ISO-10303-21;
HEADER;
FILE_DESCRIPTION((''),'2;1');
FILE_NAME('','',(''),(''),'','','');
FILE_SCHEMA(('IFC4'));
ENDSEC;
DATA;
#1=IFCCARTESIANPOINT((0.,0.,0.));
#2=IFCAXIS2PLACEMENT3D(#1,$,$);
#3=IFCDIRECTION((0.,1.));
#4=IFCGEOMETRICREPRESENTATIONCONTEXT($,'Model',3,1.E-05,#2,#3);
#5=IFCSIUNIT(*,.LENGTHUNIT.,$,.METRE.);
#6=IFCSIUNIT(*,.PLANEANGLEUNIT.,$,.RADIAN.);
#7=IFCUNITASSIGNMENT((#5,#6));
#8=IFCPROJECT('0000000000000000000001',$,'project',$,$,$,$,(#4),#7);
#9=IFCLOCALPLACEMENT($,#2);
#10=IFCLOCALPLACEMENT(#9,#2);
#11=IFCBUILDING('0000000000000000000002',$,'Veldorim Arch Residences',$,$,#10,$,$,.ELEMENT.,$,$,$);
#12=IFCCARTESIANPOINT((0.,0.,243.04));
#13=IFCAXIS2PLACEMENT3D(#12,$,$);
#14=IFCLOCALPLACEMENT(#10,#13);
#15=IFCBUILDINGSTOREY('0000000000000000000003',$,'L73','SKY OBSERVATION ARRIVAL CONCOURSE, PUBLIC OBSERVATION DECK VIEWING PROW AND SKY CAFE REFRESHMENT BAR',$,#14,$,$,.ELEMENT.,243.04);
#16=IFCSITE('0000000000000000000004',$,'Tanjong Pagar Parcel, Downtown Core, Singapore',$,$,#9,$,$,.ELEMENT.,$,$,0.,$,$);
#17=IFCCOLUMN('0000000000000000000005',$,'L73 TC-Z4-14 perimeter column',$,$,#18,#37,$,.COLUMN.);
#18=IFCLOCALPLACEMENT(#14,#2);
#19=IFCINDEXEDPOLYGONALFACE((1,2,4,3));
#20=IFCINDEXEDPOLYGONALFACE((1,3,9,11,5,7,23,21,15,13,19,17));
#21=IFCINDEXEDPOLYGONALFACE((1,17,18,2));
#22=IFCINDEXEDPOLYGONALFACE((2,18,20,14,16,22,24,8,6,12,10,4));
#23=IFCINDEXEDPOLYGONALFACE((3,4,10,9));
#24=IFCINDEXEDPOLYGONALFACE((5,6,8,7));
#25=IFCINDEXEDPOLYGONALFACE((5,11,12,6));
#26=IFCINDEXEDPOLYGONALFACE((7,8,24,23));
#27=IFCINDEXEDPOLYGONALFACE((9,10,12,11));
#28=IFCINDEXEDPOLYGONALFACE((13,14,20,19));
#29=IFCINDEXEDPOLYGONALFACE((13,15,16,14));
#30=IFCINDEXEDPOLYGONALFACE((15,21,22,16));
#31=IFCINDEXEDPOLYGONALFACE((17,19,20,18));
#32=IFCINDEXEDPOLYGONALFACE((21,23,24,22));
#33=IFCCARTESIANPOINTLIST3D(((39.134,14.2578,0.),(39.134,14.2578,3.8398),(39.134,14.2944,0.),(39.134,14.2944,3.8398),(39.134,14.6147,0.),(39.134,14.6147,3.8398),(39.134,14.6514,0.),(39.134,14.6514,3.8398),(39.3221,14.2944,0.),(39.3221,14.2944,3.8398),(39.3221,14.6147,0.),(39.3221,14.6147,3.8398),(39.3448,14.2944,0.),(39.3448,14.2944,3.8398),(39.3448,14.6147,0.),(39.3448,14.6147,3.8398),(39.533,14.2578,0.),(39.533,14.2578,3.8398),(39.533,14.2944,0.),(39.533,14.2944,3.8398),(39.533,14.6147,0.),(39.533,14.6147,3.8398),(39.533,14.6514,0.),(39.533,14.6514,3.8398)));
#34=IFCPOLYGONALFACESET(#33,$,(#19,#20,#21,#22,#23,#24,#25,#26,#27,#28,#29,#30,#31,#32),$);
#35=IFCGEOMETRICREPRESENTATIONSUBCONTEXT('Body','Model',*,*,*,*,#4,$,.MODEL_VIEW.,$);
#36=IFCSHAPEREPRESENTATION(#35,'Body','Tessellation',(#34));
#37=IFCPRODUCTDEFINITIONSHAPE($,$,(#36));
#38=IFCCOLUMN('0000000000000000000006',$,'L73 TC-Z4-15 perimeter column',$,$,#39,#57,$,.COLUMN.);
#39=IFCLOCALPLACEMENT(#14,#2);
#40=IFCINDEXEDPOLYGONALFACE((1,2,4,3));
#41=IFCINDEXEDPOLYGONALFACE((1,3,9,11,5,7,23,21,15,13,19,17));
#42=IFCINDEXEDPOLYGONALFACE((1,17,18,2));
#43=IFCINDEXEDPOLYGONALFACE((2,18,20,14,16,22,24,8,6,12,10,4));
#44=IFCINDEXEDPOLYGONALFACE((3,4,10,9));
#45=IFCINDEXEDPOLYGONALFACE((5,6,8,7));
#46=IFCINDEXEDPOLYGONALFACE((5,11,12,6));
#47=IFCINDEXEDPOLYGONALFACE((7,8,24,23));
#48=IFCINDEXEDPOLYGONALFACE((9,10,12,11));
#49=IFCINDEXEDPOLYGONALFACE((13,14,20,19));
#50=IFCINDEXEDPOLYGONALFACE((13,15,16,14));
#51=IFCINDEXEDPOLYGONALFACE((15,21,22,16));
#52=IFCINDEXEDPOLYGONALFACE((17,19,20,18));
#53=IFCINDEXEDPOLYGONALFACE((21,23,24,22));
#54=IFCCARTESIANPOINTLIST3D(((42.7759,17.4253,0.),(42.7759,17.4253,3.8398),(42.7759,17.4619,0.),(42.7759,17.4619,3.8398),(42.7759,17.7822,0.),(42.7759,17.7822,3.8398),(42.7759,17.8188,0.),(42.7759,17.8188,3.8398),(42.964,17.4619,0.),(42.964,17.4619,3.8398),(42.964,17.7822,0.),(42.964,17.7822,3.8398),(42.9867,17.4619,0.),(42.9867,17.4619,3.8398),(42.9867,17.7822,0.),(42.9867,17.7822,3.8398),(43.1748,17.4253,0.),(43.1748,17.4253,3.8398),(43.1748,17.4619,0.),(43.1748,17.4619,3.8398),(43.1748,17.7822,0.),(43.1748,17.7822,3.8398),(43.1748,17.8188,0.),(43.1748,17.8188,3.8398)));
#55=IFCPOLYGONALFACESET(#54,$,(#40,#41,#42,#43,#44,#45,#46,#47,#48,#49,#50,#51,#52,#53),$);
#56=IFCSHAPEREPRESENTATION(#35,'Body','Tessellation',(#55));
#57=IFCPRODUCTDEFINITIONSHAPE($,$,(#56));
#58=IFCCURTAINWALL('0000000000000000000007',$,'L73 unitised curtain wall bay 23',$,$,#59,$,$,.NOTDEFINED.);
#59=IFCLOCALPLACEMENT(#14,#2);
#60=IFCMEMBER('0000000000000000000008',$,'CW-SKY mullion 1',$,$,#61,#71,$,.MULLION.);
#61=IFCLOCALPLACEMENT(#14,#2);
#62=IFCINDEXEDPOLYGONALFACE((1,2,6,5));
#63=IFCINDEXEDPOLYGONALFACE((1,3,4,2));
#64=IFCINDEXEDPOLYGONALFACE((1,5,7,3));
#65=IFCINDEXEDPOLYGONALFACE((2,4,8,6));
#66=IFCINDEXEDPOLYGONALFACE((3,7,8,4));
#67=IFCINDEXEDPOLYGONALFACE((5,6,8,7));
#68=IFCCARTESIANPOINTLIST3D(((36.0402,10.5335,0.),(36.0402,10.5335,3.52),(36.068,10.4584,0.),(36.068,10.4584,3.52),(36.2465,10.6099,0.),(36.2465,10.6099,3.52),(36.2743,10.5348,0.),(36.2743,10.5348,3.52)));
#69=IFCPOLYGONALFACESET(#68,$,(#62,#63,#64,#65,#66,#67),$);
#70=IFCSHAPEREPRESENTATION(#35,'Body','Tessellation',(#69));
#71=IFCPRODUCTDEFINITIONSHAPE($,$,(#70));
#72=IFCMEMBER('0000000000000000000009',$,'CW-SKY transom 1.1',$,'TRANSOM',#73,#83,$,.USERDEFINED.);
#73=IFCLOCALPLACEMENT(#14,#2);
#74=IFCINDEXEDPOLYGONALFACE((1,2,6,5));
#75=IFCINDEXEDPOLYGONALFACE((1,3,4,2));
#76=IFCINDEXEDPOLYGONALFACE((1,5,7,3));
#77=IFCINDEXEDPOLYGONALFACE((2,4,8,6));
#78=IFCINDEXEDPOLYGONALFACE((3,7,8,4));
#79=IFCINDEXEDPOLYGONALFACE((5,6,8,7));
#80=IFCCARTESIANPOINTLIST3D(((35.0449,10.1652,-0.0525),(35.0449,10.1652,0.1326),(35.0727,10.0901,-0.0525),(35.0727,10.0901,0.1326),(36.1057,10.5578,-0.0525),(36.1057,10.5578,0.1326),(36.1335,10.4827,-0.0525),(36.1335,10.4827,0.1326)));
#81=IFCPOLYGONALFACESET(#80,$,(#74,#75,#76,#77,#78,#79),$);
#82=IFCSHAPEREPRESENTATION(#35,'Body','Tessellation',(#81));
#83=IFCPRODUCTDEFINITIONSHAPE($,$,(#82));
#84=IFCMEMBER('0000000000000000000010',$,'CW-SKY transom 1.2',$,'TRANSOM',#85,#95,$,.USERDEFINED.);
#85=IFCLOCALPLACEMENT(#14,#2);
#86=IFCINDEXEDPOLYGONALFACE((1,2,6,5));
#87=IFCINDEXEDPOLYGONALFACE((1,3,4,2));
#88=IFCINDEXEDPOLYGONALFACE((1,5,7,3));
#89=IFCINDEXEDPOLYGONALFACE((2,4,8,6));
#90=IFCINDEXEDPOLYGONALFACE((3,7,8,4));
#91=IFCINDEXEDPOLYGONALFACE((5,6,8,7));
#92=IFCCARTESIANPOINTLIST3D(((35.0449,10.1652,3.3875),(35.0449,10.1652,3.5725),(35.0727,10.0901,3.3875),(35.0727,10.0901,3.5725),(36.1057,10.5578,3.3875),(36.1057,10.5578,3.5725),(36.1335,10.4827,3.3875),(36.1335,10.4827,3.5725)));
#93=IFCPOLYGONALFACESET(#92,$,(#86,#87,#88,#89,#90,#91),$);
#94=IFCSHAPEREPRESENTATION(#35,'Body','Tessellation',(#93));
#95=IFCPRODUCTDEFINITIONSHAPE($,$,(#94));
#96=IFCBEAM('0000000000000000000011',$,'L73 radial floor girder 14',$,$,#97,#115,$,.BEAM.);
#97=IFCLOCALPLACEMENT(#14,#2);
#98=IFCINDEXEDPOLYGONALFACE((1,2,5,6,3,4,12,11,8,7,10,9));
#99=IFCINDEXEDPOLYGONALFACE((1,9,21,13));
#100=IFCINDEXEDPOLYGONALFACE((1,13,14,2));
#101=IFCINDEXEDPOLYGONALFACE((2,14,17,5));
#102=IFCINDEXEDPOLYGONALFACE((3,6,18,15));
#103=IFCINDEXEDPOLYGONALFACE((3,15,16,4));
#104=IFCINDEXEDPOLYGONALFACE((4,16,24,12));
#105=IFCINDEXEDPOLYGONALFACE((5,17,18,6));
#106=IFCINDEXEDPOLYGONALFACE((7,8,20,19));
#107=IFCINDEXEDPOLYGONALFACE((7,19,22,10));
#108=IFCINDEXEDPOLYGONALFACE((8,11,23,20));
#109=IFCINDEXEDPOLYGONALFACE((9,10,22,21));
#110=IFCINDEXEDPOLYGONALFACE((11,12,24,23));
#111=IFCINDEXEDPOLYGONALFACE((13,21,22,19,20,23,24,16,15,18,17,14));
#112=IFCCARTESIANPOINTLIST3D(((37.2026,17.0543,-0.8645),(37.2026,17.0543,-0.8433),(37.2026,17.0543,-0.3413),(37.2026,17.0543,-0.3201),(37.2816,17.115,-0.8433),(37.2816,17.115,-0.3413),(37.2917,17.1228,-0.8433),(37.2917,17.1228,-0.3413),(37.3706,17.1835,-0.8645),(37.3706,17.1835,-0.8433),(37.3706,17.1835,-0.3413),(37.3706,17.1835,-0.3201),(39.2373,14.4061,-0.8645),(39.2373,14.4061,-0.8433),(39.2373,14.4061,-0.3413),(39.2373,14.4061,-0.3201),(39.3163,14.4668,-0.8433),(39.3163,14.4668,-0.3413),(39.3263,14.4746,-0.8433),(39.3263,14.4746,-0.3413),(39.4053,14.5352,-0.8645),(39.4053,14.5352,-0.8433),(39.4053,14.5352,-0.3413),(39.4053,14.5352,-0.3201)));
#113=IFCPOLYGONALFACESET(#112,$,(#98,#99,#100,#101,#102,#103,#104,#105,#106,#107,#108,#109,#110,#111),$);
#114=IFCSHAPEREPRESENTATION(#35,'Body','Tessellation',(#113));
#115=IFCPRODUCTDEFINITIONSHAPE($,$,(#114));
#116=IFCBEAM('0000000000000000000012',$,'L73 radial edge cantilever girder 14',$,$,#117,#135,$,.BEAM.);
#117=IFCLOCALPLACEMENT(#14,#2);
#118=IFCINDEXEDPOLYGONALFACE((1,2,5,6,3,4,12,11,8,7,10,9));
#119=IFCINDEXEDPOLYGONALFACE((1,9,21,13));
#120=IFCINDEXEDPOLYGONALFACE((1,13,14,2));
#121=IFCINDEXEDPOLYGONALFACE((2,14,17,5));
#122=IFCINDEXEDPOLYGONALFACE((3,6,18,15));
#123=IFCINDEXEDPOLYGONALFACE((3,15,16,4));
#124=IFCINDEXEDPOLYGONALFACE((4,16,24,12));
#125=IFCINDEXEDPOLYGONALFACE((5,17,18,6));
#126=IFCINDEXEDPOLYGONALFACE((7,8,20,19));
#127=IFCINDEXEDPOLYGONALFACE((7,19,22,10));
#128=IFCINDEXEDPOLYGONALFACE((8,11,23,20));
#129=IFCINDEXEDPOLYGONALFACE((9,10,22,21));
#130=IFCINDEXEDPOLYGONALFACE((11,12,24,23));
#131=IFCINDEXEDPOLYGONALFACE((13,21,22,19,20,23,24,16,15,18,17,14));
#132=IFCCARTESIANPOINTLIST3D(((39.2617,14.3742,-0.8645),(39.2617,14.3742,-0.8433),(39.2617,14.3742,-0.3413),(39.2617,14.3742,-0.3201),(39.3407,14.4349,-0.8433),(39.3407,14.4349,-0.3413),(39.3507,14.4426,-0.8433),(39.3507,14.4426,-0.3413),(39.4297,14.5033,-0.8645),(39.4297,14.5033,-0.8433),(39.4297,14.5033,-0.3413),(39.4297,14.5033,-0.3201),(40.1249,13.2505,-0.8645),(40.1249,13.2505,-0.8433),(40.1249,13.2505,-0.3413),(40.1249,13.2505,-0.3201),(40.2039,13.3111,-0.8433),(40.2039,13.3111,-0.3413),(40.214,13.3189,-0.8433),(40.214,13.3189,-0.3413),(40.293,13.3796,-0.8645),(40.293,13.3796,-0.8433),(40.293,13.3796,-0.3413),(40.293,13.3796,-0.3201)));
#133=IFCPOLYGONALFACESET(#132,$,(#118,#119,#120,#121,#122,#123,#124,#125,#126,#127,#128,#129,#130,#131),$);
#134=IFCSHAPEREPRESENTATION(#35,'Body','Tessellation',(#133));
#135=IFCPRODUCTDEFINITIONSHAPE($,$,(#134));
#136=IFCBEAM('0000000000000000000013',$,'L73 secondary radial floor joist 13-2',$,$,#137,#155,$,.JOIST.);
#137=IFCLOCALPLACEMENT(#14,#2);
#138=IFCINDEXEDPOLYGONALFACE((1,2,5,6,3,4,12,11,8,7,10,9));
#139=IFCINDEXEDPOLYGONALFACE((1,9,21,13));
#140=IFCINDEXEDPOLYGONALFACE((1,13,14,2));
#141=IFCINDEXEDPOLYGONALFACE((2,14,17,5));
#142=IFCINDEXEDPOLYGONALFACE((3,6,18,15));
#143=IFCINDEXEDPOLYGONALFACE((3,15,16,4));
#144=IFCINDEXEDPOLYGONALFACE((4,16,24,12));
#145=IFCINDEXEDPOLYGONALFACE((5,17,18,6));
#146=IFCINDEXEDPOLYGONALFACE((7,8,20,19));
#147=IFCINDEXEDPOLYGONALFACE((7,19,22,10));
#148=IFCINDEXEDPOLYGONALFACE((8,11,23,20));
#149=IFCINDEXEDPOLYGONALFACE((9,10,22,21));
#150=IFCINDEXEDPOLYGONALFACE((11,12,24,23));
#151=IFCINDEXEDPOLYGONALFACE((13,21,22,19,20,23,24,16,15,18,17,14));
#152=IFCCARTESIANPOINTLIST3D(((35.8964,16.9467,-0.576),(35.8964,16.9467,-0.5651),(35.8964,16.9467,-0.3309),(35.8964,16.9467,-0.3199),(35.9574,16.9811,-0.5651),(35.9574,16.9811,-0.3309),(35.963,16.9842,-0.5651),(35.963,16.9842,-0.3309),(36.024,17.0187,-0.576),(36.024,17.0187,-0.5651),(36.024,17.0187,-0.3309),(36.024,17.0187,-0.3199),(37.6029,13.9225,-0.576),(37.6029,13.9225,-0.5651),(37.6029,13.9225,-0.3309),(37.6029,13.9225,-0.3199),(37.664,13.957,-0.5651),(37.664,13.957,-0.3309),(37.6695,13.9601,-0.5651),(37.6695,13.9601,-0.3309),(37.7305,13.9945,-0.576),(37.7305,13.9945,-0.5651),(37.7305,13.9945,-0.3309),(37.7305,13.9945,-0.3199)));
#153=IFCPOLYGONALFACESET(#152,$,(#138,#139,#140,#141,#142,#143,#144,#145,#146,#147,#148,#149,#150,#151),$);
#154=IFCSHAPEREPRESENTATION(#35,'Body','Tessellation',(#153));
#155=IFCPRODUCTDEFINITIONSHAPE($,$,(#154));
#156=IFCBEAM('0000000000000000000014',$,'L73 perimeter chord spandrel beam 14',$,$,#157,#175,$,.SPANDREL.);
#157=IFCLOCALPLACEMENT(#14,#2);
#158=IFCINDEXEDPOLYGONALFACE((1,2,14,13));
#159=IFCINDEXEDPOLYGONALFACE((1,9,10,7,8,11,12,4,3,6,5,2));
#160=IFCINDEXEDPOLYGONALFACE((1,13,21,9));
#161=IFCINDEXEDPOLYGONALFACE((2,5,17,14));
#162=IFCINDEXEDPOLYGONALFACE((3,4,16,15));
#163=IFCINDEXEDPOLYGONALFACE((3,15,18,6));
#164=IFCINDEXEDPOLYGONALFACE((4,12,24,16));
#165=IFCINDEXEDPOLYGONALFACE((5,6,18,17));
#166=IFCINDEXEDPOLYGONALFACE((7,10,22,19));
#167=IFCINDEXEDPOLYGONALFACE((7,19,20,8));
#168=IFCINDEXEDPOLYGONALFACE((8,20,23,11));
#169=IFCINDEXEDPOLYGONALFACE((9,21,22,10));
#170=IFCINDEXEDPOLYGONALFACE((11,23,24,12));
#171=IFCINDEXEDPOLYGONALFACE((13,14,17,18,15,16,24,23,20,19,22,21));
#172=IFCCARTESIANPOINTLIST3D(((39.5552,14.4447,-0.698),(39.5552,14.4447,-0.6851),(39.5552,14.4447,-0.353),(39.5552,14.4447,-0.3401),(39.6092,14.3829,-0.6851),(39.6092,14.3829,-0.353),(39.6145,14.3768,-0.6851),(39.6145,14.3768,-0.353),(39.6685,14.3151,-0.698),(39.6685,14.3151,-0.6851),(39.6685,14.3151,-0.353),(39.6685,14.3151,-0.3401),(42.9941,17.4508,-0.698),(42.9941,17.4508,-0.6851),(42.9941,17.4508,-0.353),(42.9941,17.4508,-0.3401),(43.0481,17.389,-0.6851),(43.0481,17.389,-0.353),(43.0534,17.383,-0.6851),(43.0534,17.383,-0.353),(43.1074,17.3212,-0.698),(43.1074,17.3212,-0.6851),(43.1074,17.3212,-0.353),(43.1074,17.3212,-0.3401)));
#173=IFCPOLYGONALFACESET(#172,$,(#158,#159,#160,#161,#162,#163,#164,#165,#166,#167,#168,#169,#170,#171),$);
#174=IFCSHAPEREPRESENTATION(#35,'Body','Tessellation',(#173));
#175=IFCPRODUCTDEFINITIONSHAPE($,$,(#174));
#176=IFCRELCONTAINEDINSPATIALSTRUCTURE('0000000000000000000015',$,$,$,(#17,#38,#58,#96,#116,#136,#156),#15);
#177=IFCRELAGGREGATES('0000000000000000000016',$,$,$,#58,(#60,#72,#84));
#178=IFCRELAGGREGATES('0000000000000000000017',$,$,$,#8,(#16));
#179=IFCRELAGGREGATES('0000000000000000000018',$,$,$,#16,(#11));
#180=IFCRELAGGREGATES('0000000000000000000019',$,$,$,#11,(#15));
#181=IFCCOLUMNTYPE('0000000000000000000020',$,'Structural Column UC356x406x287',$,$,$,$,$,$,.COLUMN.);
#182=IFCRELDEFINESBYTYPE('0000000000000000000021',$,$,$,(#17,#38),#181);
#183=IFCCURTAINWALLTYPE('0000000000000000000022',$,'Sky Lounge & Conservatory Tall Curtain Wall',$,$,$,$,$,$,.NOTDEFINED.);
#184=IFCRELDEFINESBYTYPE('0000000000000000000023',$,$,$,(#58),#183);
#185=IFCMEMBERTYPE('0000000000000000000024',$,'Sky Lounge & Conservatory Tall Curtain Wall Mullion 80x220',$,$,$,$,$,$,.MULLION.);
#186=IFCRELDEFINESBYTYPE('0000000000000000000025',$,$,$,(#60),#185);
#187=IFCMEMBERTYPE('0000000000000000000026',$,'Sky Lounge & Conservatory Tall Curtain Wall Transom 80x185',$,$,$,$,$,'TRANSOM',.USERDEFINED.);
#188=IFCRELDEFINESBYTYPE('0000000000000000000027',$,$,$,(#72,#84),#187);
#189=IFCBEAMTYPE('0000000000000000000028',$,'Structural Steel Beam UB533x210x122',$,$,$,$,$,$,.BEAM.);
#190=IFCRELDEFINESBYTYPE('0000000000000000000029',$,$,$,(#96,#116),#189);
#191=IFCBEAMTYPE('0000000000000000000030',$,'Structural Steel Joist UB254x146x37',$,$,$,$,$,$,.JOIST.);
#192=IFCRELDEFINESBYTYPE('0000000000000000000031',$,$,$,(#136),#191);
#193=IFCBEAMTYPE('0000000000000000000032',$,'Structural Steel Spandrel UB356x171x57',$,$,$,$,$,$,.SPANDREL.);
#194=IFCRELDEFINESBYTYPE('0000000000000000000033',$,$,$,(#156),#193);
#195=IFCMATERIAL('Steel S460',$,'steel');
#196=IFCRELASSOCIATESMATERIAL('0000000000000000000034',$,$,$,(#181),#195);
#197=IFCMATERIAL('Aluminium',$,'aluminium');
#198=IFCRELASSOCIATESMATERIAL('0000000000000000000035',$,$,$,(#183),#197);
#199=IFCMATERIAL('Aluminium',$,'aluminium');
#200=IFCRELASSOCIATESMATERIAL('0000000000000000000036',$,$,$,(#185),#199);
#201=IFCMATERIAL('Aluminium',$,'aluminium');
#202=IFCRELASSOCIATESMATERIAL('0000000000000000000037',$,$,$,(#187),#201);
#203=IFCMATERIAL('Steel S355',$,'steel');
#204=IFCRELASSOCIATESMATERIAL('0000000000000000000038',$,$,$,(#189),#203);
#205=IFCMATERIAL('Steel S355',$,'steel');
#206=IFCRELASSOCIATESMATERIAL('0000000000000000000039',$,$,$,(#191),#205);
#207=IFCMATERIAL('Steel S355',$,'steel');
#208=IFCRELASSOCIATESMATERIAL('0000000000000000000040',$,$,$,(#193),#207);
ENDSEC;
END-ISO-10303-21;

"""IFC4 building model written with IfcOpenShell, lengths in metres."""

from ifc_helpers import new_model, si_unit, direction, frame, origin, origin_2d, place, context, subcontext, project, spatial, rectangle, i_section, extrude, material, material_profile, profile_set, type_object, element, aggregate, save


model = new_model("IFC4")

# Units and contexts
model_context = context("Model", 3, precision=1e-05, world=origin(), true_north=direction((0.0, 1.0)))
body_context = subcontext(model_context, "Body", "Model", "MODEL_VIEW")
ifc_project = project(units=[si_unit("LENGTHUNIT", "METRE"), si_unit("PLANEANGLEUNIT", "RADIAN")], contexts=[model_context])

# Site, building, storey
site_placement = place(None, origin())
site = spatial("IfcSite", under=ifc_project, at=site_placement, Name="Tanjong Pagar Parcel, Downtown Core, Singapore", CompositionType="ELEMENT", RefElevation=0.0)
building_placement = place(site_placement, origin())
building = spatial("IfcBuilding", under=site, at=building_placement, Name="Veldorim Arch Residences", CompositionType="ELEMENT")
storey_placement = place(building_placement, frame((0.0, 0.0, 243.04)))
storey = spatial("IfcBuildingStorey", under=building, at=storey_placement, Name="L73", Description="SKY OBSERVATION ARRIVAL CONCOURSE, PUBLIC OBSERVATION DECK VIEWING PROW AND SKY CAFE REFRESHMENT BAR", CompositionType="ELEMENT", Elevation=243.04)

# Columns
ifc_material_1 = material(Name="Steel S460", Category="steel")
ifc_material_profile_1 = material_profile(ifc_material_1, i_section(OverallWidth=0.3989, OverallDepth=0.3936, WebThickness=0.0227, FlangeThickness=0.0366, at=origin_2d()), Name="UC356x406x287")
ifc_profile_set_1 = profile_set([ifc_material_profile_1], Name="Steel S460")
column_type = type_object("IfcColumnType", Name="Structural Column UC356x406x287", PredefinedType="COLUMN", material=ifc_profile_set_1)
for number, where, z_axis, x_axis, name in (
    (1, (39.3335, 14.4546, 0.0), (0.0, 0.0, 1.0), (1.0, 0.0, 0.0), "L73 TC-Z4-14 perimeter column"),
    (2, (42.9753, 17.6221, 0.0), (0.0, 0.0, 1.0), (1.0, 0.0, 0.0), "L73 TC-Z4-15 perimeter column"),
):
    element("IfcColumn", number, at=place(storey_placement, frame(where, z_axis=z_axis, x_axis=x_axis)), inside=storey, type_object=column_type, Name=name, PredefinedType="COLUMN", context=body_context, shape_type="SweptSolid", body=[
        extrude(i_section(OverallWidth=0.3989, OverallDepth=0.3936, WebThickness=0.0227, FlangeThickness=0.0366, at=origin_2d()), origin(), (0.0, 0.0, 1.0), 3.8398),
    ])

# Curtain wall, members
ifc_material_2 = material(Name="Aluminium", Category="aluminium")
curtain_wall_type = type_object("IfcCurtainWallType", Name="Sky Lounge & Conservatory Tall Curtain Wall", PredefinedType="NOTDEFINED", material=ifc_material_2)
curtain_wall_placement = place(storey_placement, origin())
curtain_wall = element("IfcCurtainWall", 3, at=curtain_wall_placement, inside=storey, type_object=curtain_wall_type, Name="L73 unitised curtain wall bay 23", PredefinedType="NOTDEFINED")
ifc_material_3 = material(Name="Aluminium", Category="aluminium")
ifc_material_profile_2 = material_profile(ifc_material_3, rectangle(XDim=0.0801, YDim=0.22, at=origin_2d()), Name="ALU_MUL_80x220")
ifc_profile_set_2 = profile_set([ifc_material_profile_2], Name="Aluminium")
member_type_1 = type_object("IfcMemberType", Name="Sky Lounge & Conservatory Tall Curtain Wall Mullion 80x220", PredefinedType="MULLION", material=ifc_profile_set_2)
member_1_placement = place(storey_placement, frame((36.1572, 10.5342, 0.0), z_axis=(0.0, 0.0, 1.0), x_axis=(0.34717, -0.937802, 0.0)))
member_1 = element("IfcMember", 4, at=member_1_placement, type_object=member_type_1, Name="CW-SKY mullion 1", PredefinedType="MULLION", context=body_context, shape_type="SweptSolid", body=[
    extrude(rectangle(XDim=0.0801, YDim=0.22, at=origin_2d()), origin(), (0.0, 0.0, 1.0), 3.52),
])
ifc_material_4 = material(Name="Aluminium", Category="aluminium")
ifc_material_profile_3 = material_profile(ifc_material_4, rectangle(XDim=0.0801, YDim=0.1851, at=origin_2d()), Name="ALU_TRN_80x185")
ifc_profile_set_3 = profile_set([ifc_material_profile_3], Name="Aluminium")
member_type_2 = type_object("IfcMemberType", Name="Sky Lounge & Conservatory Tall Curtain Wall Transom 80x185", ElementType="TRANSOM", PredefinedType="USERDEFINED", material=ifc_profile_set_3)
member_2_placement = place(storey_placement, frame((36.1196, 10.5203, 0.04), z_axis=(-0.937837, -0.347075, 0.0), x_axis=(0.347075, -0.937837, 0.0)))
member_2 = element("IfcMember", 5, at=member_2_placement, type_object=member_type_2, Name="CW-SKY transom 1.1", ObjectType="TRANSOM", PredefinedType="USERDEFINED", context=body_context, shape_type="SweptSolid", body=[
    extrude(rectangle(XDim=0.0801, YDim=0.1851, at=origin_2d()), origin(), (0.0, 0.0, 1.0), 1.1311),
])
member_3_placement = place(storey_placement, frame((36.1196, 10.5203, 3.48), z_axis=(-0.937837, -0.347075, 0.0), x_axis=(0.347075, -0.937837, 0.0)))
member_3 = element("IfcMember", 6, at=member_3_placement, type_object=member_type_2, Name="CW-SKY transom 1.2", ObjectType="TRANSOM", PredefinedType="USERDEFINED", context=body_context, shape_type="SweptSolid", body=[
    extrude(rectangle(XDim=0.0801, YDim=0.1851, at=origin_2d()), origin(), (0.0, 0.0, 1.0), 1.1311),
])
aggregate(curtain_wall, [member_1, member_2, member_3])

# Beams
ifc_material_5 = material(Name="Steel S355", Category="steel")
ifc_material_profile_4 = material_profile(ifc_material_5, i_section(OverallWidth=0.2119, OverallDepth=0.5444, WebThickness=0.0127, FlangeThickness=0.0212, at=origin_2d()), Name="UB533x210x122")
ifc_profile_set_4 = profile_set([ifc_material_profile_4], Name="Steel S355")
beam_type_1 = type_object("IfcBeamType", Name="Structural Steel Beam UB533x210x122", PredefinedType="BEAM", material=ifc_profile_set_4)
beam_1_placement = place(storey_placement, frame((37.2866, 17.1189, -0.5923), z_axis=(0.609258, -0.792972, 0.0), x_axis=(0.792972, 0.609258, 0.0)))
element("IfcBeam", 7, at=beam_1_placement, inside=storey, type_object=beam_type_1, Name="L73 radial floor girder 14", PredefinedType="BEAM", context=body_context, shape_type="SweptSolid", body=[
    extrude(i_section(OverallWidth=0.2119, OverallDepth=0.5444, WebThickness=0.0127, FlangeThickness=0.0212, at=origin_2d()), origin(), (0.0, 0.0, 1.0), 3.3396),
])
beam_2_placement = place(storey_placement, frame((39.3457, 14.4387, -0.5923), z_axis=(0.609194, -0.793021, 0.0), x_axis=(0.793021, 0.609194, 0.0)))
element("IfcBeam", 8, at=beam_2_placement, inside=storey, type_object=beam_type_1, Name="L73 radial edge cantilever girder 14", PredefinedType="BEAM", context=body_context, shape_type="SweptSolid", body=[
    extrude(i_section(OverallWidth=0.2119, OverallDepth=0.5444, WebThickness=0.0127, FlangeThickness=0.0212, at=origin_2d()), origin(), (0.0, 0.0, 1.0), 1.417),
])
ifc_material_6 = material(Name="Steel S355", Category="steel")
ifc_material_profile_5 = material_profile(ifc_material_6, i_section(OverallWidth=0.1465, OverallDepth=0.2561, WebThickness=0.0063, FlangeThickness=0.011, at=origin_2d()), Name="UB254x146x37")
ifc_profile_set_5 = profile_set([ifc_material_profile_5], Name="Steel S355")
beam_type_2 = type_object("IfcBeamType", Name="Structural Steel Joist UB254x146x37", PredefinedType="JOIST", material=ifc_profile_set_5)
beam_3_placement = place(storey_placement, frame((35.9602, 16.9827, -0.448), z_axis=(0.491452, -0.870904, 0.0), x_axis=(0.870904, 0.491452, 0.0)))
element("IfcBeam", 9, at=beam_3_placement, inside=storey, type_object=beam_type_2, Name="L73 secondary radial floor joist 13-2", PredefinedType="JOIST", context=body_context, shape_type="SweptSolid", body=[
    extrude(i_section(OverallWidth=0.1465, OverallDepth=0.2561, WebThickness=0.0063, FlangeThickness=0.011, at=origin_2d()), origin(), (0.0, 0.0, 1.0), 3.4724),
])
ifc_material_7 = material(Name="Steel S355", Category="steel")
ifc_material_profile_6 = material_profile(ifc_material_7, i_section(OverallWidth=0.1721, OverallDepth=0.3579, WebThickness=0.0081, FlangeThickness=0.0129, at=origin_2d()), Name="UB356x171x57")
ifc_profile_set_6 = profile_set([ifc_material_profile_6], Name="Steel S355")
beam_type_3 = type_object("IfcBeamType", Name="Structural Steel Spandrel UB356x171x57", PredefinedType="SPANDREL", material=ifc_profile_set_6)
beam_4_placement = place(storey_placement, frame((39.6118, 14.3799, -0.519), z_axis=(0.752901, 0.658134, 0.0), x_axis=(-0.658134, 0.752901, 0.0)))
element("IfcBeam", 10, at=beam_4_placement, inside=storey, type_object=beam_type_3, Name="L73 perimeter chord spandrel beam 14", PredefinedType="SPANDREL", context=body_context, shape_type="SweptSolid", body=[
    extrude(i_section(OverallWidth=0.1721, OverallDepth=0.3579, WebThickness=0.0081, FlangeThickness=0.0129, at=origin_2d()), origin(), (0.0, 0.0, 1.0), 4.5676),
])

save(model, "model.ifc")
